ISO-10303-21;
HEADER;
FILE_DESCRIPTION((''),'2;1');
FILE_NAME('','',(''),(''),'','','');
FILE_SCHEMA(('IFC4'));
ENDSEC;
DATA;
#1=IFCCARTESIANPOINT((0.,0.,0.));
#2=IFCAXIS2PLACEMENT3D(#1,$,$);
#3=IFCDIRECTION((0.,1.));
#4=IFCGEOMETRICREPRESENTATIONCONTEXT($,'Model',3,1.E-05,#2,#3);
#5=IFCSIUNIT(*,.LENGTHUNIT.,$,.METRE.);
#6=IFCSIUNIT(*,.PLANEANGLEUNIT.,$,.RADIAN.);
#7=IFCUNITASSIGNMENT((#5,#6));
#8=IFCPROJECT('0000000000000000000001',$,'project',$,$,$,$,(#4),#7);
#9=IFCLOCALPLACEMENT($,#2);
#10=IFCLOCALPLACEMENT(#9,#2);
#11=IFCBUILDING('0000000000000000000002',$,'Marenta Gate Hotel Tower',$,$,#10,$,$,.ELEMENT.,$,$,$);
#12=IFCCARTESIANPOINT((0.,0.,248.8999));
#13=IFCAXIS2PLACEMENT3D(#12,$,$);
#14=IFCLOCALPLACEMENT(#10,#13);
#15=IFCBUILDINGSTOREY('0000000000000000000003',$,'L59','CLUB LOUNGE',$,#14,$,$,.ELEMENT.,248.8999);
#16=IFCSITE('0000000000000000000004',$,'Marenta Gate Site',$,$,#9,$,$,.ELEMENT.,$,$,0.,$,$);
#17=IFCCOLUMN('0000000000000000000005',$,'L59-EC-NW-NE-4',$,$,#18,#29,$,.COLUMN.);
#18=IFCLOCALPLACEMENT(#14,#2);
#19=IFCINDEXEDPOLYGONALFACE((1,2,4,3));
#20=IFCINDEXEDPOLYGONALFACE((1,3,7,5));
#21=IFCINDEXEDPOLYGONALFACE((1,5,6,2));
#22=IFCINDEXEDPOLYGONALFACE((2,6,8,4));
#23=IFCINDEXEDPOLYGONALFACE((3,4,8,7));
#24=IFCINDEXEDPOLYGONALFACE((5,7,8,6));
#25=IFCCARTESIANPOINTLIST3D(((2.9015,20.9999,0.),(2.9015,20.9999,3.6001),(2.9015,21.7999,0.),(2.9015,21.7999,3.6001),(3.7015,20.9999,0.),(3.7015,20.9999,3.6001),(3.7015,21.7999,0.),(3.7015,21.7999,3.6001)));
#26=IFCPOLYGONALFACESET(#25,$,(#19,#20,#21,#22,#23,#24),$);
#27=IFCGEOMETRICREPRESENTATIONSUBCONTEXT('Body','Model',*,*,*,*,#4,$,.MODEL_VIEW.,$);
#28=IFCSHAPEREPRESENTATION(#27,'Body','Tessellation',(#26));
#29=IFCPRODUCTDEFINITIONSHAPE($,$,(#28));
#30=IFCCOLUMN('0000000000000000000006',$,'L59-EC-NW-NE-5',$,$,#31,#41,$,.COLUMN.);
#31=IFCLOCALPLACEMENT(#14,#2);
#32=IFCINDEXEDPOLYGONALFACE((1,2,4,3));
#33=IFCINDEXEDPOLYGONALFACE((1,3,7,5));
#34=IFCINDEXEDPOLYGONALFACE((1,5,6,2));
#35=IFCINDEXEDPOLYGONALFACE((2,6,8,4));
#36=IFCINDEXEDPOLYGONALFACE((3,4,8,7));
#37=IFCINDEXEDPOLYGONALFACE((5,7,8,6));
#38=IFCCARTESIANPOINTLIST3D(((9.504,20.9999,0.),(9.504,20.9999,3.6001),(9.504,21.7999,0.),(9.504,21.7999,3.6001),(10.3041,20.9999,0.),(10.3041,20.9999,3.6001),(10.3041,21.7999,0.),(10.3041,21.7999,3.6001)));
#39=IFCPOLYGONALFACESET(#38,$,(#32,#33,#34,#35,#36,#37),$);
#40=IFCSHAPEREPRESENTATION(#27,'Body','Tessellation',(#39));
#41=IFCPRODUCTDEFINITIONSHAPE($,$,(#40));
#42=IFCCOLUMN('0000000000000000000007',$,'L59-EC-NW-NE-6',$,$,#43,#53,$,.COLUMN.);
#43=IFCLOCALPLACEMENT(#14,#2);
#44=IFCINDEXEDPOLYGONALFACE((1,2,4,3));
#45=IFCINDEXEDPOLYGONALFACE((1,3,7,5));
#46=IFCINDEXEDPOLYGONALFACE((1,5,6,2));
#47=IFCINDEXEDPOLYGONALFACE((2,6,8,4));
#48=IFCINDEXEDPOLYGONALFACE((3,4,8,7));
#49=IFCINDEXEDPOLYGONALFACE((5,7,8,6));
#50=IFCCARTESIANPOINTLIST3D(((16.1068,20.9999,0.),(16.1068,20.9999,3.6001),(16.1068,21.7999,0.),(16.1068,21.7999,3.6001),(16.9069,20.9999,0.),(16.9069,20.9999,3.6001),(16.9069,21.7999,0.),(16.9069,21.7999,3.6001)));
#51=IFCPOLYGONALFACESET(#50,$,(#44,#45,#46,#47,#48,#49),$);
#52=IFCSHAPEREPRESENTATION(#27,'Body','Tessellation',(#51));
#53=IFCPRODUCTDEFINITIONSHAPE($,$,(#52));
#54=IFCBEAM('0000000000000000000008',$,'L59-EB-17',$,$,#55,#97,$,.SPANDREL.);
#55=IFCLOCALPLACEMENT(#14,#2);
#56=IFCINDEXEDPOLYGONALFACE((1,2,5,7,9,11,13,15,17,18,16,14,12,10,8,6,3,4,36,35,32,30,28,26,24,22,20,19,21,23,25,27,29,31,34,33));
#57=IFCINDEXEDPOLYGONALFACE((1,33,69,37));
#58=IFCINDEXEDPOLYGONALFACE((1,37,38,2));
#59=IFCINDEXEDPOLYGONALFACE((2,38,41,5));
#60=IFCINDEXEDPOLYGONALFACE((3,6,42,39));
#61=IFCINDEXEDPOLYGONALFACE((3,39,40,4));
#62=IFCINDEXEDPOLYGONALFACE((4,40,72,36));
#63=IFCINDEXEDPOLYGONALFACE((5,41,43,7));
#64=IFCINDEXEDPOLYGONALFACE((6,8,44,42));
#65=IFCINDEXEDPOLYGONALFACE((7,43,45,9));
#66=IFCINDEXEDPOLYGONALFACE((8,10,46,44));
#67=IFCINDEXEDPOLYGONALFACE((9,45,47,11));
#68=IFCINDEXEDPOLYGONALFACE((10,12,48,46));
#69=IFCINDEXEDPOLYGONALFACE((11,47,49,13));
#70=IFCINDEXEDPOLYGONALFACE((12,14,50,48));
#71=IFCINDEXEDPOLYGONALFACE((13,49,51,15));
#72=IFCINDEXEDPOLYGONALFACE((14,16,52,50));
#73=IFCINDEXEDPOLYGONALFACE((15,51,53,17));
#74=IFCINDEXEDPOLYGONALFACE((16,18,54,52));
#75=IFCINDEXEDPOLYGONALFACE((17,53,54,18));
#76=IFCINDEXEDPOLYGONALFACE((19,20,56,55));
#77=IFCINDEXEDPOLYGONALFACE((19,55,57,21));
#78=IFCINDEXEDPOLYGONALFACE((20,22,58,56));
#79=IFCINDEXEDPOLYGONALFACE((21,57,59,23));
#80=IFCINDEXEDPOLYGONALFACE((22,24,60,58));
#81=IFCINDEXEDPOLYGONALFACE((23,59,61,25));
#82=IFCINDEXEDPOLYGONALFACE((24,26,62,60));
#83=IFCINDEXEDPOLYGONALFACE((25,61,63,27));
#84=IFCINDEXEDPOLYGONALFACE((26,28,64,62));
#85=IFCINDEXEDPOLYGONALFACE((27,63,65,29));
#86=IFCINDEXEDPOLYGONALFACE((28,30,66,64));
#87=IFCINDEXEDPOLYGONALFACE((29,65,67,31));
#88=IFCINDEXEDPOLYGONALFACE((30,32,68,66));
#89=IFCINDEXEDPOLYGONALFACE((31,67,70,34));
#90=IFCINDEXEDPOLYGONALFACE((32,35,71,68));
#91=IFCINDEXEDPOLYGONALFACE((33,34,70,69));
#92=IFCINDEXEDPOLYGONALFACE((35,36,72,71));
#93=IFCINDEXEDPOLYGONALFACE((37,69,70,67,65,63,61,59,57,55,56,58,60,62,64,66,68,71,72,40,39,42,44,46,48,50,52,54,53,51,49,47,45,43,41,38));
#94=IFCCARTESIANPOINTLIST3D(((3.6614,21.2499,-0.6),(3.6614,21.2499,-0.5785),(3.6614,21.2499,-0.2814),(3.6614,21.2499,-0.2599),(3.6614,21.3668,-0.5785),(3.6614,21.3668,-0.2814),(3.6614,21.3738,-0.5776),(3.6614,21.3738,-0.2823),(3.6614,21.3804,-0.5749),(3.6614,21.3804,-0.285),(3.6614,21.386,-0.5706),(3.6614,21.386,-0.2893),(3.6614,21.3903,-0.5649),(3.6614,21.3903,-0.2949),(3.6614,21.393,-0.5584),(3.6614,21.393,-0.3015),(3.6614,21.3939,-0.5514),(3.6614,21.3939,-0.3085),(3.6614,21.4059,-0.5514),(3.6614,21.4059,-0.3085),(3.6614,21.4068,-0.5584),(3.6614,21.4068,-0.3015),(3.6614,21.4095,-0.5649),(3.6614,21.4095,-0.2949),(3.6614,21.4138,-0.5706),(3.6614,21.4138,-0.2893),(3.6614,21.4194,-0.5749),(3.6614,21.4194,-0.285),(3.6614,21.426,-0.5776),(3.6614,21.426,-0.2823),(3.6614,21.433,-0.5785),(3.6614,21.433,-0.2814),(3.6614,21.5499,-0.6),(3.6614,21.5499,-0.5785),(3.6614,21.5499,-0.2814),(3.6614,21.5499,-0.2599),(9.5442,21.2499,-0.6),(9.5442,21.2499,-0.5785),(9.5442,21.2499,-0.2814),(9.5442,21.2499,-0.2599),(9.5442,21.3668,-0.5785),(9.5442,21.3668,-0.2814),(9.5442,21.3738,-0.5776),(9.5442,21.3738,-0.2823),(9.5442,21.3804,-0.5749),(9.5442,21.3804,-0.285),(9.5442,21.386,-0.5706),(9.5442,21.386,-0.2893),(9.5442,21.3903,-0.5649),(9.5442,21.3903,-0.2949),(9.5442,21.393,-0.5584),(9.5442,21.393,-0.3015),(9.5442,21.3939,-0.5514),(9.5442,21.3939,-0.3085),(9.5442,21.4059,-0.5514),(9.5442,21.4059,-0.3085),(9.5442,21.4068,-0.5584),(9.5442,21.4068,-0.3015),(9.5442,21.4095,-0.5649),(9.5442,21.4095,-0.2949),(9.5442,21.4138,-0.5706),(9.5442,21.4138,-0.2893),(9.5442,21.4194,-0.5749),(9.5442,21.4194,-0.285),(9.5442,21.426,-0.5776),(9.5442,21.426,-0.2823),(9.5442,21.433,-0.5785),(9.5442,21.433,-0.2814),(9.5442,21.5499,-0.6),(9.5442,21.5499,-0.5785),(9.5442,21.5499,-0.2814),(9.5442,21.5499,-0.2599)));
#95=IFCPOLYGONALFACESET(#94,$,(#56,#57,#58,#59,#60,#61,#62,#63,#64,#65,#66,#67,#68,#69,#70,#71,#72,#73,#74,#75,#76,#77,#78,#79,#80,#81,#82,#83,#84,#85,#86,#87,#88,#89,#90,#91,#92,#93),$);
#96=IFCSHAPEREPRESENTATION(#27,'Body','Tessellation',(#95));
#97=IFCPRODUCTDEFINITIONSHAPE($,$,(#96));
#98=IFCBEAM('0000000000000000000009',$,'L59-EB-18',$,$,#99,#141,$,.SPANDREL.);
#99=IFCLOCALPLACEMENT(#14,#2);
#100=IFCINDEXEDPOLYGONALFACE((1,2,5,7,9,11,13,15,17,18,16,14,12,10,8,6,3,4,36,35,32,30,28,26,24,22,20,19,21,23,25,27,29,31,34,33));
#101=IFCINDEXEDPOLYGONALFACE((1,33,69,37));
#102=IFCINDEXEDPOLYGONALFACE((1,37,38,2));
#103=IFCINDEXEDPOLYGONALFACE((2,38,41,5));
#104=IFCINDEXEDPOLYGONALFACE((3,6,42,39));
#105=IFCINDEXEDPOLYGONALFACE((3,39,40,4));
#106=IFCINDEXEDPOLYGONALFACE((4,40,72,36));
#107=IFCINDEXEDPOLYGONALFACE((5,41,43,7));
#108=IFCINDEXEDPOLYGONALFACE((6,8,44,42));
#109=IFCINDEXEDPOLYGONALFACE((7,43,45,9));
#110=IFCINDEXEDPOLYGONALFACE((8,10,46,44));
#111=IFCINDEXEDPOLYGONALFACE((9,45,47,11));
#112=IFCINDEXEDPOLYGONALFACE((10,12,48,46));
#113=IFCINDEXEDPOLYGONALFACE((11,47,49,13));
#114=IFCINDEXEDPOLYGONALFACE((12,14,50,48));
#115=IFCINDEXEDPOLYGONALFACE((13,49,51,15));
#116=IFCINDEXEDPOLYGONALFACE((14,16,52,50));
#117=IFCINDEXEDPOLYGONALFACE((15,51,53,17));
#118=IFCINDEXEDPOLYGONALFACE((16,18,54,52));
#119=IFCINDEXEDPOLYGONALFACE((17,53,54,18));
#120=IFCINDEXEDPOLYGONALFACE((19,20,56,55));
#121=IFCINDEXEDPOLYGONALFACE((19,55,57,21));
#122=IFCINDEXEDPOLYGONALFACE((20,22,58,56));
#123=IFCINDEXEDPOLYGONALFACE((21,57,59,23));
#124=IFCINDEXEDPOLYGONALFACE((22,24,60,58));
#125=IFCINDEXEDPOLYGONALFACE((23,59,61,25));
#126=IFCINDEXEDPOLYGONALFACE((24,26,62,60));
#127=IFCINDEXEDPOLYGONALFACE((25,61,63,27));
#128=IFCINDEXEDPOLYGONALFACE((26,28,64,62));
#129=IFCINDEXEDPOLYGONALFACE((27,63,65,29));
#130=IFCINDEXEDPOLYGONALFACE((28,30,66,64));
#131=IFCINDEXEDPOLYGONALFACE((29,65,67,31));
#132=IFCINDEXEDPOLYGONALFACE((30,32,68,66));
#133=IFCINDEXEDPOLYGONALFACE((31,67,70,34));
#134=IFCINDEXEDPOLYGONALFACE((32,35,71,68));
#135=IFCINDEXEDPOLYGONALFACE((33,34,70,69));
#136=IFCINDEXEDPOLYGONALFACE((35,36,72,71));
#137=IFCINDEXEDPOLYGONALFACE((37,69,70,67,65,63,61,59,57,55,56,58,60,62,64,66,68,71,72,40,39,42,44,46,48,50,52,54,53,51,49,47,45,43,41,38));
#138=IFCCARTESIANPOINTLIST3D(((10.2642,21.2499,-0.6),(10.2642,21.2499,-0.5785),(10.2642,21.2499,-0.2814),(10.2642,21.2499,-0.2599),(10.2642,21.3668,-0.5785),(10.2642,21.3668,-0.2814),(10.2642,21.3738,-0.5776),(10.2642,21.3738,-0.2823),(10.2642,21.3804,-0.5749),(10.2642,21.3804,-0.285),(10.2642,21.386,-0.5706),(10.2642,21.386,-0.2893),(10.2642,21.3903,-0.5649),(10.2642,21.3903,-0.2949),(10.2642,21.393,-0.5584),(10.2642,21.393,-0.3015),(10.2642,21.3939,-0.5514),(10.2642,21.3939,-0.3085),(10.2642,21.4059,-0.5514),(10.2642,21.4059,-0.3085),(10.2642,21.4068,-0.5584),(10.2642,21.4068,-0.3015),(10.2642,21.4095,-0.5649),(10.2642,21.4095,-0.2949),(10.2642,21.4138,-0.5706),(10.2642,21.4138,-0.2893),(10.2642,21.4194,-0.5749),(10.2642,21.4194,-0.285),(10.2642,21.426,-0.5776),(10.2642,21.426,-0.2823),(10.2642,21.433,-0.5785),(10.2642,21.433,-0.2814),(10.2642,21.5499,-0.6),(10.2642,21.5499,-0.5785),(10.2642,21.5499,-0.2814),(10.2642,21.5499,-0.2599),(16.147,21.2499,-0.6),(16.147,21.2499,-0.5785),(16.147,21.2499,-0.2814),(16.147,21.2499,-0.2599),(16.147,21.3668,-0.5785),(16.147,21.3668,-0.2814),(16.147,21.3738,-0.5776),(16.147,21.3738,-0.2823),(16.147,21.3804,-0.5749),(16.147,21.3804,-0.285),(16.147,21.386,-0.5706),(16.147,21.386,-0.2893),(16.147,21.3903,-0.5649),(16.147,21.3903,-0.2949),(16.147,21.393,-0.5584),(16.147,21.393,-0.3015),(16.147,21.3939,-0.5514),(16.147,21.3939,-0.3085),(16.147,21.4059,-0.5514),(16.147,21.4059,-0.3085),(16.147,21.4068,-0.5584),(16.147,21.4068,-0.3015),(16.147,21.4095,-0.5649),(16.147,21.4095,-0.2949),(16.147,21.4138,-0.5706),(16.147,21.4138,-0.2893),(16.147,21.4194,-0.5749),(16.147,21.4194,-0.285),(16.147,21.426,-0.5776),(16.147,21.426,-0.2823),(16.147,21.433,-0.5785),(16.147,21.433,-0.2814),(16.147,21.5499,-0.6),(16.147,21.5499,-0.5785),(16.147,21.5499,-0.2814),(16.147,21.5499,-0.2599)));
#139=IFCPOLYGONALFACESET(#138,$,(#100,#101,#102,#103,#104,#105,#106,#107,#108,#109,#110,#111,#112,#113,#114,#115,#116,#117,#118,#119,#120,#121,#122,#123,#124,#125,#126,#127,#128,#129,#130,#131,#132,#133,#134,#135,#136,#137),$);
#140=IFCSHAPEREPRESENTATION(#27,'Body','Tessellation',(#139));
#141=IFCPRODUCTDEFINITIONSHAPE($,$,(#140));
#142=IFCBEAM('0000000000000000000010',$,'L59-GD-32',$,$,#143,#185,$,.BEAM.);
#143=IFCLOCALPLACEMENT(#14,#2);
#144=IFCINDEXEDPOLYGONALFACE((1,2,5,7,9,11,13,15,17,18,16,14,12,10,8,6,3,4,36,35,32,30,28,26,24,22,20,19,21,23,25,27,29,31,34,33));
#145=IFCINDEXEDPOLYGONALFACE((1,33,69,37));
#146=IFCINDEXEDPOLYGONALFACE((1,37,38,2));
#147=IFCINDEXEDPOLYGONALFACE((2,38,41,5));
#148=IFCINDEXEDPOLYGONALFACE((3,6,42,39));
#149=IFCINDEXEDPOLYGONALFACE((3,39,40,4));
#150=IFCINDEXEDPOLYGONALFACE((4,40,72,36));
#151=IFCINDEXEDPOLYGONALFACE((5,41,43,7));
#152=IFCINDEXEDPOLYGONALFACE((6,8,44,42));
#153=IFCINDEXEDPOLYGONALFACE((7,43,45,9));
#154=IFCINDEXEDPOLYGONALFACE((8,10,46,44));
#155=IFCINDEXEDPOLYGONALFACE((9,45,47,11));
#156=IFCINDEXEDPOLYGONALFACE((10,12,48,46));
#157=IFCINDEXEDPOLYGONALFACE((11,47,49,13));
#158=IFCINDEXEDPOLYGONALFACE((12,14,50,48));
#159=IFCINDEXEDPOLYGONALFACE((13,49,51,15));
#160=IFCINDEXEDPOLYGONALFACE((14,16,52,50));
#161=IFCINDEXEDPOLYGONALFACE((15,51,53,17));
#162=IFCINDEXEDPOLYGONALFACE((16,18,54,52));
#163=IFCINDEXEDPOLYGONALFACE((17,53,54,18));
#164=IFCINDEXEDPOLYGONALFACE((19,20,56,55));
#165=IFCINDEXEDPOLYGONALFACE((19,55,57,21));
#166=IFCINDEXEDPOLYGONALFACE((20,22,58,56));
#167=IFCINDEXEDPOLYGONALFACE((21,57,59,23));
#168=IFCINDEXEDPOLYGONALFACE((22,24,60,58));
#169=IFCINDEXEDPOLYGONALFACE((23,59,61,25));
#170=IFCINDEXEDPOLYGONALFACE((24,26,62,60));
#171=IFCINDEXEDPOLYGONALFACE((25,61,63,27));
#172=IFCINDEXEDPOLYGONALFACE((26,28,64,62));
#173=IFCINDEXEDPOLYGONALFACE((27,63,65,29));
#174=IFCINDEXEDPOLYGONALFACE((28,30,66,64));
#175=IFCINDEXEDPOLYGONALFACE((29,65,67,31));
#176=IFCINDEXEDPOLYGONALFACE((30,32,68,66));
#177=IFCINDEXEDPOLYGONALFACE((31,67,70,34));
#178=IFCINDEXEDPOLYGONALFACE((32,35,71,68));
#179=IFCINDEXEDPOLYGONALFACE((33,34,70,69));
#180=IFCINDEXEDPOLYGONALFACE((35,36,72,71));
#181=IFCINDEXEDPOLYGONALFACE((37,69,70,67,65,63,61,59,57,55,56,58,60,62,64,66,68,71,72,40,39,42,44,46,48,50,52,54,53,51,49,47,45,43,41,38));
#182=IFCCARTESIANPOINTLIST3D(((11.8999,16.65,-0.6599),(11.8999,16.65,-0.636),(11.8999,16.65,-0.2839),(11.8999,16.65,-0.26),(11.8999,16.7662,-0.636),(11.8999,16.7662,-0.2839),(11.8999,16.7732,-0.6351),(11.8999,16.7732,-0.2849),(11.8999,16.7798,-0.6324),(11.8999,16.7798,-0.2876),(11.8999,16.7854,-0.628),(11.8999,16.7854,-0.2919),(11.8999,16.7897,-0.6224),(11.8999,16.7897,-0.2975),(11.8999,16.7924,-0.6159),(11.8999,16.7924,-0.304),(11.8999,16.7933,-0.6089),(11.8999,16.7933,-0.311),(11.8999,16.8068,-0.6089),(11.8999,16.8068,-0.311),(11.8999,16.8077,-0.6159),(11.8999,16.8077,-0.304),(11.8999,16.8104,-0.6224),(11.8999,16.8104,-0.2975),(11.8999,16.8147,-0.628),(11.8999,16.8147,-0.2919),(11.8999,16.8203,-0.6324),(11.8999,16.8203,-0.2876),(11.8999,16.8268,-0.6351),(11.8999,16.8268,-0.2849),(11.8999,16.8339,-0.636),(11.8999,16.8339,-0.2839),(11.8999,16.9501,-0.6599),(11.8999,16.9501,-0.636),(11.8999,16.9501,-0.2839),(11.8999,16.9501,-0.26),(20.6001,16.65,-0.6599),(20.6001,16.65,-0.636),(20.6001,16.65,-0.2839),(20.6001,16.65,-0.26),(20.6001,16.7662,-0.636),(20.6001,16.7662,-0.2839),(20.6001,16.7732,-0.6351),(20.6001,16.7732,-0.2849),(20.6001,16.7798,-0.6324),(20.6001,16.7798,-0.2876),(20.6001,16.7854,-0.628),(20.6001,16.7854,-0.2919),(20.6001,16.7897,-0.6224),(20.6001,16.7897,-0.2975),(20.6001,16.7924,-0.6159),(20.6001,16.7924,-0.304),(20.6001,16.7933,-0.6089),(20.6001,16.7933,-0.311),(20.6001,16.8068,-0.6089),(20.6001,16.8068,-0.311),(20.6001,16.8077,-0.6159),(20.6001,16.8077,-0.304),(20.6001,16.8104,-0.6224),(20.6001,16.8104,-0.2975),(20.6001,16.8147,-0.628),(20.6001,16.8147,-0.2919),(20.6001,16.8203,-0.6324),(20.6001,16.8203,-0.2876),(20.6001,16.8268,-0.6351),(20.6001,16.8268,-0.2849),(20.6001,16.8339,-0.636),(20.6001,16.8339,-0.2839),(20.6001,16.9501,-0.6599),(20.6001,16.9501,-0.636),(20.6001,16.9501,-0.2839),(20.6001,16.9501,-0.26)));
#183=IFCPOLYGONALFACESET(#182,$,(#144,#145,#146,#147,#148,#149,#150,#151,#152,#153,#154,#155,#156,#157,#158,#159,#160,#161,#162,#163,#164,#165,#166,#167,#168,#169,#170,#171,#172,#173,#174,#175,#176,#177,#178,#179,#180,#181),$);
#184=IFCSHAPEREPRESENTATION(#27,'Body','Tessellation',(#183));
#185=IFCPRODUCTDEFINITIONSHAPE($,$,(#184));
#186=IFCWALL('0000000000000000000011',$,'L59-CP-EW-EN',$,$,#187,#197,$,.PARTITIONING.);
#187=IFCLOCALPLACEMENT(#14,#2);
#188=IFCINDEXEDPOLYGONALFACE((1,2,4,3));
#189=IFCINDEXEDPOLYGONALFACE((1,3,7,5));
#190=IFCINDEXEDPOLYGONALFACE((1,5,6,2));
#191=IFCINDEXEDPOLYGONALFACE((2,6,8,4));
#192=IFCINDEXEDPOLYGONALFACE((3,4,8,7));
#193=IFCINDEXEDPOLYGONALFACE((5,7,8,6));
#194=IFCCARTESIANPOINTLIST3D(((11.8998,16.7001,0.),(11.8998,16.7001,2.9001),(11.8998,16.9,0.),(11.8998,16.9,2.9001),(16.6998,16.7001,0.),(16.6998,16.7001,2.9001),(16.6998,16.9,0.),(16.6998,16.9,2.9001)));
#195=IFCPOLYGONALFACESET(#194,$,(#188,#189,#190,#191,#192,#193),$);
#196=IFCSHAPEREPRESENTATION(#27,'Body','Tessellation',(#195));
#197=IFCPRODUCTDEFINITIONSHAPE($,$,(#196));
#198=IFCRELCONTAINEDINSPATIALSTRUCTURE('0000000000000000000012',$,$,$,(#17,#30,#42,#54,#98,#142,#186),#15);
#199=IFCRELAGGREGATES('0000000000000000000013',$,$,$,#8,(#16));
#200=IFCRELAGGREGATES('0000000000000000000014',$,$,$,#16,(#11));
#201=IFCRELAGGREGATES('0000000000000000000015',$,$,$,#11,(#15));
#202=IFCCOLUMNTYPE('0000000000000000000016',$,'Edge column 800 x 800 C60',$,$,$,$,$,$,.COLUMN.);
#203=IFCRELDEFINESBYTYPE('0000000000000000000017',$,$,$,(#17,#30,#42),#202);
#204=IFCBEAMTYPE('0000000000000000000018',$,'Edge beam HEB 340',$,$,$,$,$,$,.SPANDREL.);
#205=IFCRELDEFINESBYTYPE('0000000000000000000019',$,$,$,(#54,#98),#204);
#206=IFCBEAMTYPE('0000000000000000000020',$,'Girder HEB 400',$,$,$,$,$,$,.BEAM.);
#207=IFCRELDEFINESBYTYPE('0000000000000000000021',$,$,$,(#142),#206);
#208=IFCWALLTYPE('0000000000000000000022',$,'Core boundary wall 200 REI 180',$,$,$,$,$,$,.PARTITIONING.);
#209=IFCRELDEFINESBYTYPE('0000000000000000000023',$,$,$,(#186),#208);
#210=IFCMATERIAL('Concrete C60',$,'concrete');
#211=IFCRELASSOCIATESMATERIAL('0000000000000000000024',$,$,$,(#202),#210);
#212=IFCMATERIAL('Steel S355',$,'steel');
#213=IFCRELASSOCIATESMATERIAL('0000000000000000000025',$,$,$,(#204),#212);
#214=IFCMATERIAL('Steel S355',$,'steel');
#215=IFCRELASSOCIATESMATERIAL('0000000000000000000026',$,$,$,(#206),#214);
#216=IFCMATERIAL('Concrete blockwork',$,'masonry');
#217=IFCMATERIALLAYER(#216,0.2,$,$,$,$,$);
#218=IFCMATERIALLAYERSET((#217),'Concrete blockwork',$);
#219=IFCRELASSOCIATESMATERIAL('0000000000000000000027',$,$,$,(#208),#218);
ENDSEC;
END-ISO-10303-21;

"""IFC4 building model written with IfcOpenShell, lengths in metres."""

from ifc_helpers import new_model, si_unit, direction, frame, frame_2d, origin, origin_2d, place, context, subcontext, project, spatial, rectangle, i_section, extrude, material, layer, layer_set, material_profile, profile_set, type_object, element, save


model = new_model("IFC4")

# Units and contexts
model_context = context("Model", 3, precision=1e-05, world=origin(), true_north=direction((0.0, 1.0)))
body_context = subcontext(model_context, "Body", "Model", "MODEL_VIEW")
ifc_project = project(units=[si_unit("LENGTHUNIT", "METRE"), si_unit("PLANEANGLEUNIT", "RADIAN")], contexts=[model_context])

# Site, building, storey
site_placement = place(None, origin())
site = spatial("IfcSite", under=ifc_project, at=site_placement, Name="Marenta Gate Site", CompositionType="ELEMENT", RefElevation=0.0)
building_placement = place(site_placement, origin())
building = spatial("IfcBuilding", under=site, at=building_placement, Name="Marenta Gate Hotel Tower", CompositionType="ELEMENT")
storey_placement = place(building_placement, frame((0.0, 0.0, 248.8999)))
storey = spatial("IfcBuildingStorey", under=building, at=storey_placement, Name="L59", Description="CLUB LOUNGE", CompositionType="ELEMENT", Elevation=248.8999)

# Columns
ifc_material_1 = material(Name="Concrete C60", Category="concrete")
ifc_material_profile_1 = material_profile(ifc_material_1, rectangle(XDim=0.8, YDim=0.8, at=origin_2d()), Name="800 x 800")
ifc_profile_set_1 = profile_set([ifc_material_profile_1], Name="Concrete C60")
column_type = type_object("IfcColumnType", Name="Edge column 800 x 800 C60", PredefinedType="COLUMN", material=ifc_profile_set_1)
for number, where, z_axis, x_axis, name in (
    (1, (3.3015, 21.3999, 0.0), (0.0, 0.0, 1.0), (1.0, 0.0, 0.0), "L59-EC-NW-NE-4"),
    (2, (9.9041, 21.3999, 0.0), (0.0, 0.0, 1.0), (1.0, 0.0, 0.0), "L59-EC-NW-NE-5"),
    (3, (16.5068, 21.3999, 0.0), (0.0, 0.0, 1.0), (1.0, 0.0, 0.0), "L59-EC-NW-NE-6"),
):
    element("IfcColumn", number, at=place(storey_placement, frame(where, z_axis=z_axis, x_axis=x_axis)), inside=storey, type_object=column_type, Name=name, PredefinedType="COLUMN", context=body_context, shape_type="SweptSolid", body=[
        extrude(rectangle(XDim=0.8, YDim=0.8, at=origin_2d()), origin(), (0.0, 0.0, 1.0), 3.6001),
    ])

# Beams
ifc_material_2 = material(Name="Steel S355", Category="steel")
ifc_material_profile_2 = material_profile(ifc_material_2, i_section(OverallWidth=0.3, OverallDepth=0.3401, WebThickness=0.012, FlangeThickness=0.0215, FilletRadius=0.0271, at=origin_2d()), Name="HEB 340")
ifc_profile_set_2 = profile_set([ifc_material_profile_2], Name="Steel S355")
beam_type_1 = type_object("IfcBeamType", Name="Edge beam HEB 340", PredefinedType="SPANDREL", material=ifc_profile_set_2)
for number, where, z_axis, x_axis, name in (
    (4, (3.6614, 21.3999, -0.4299), (1.0, 0.0, 0.0), (0.0, 1.0, 0.0), "L59-EB-17"),
    (5, (10.2642, 21.3999, -0.4299), (1.0, 0.0, 0.0), (0.0, 1.0, 0.0), "L59-EB-18"),
):
    element("IfcBeam", number, at=place(storey_placement, frame(where, z_axis=z_axis, x_axis=x_axis)), inside=storey, type_object=beam_type_1, Name=name, PredefinedType="SPANDREL", context=body_context, shape_type="SweptSolid", body=[
        extrude(i_section(OverallWidth=0.3, OverallDepth=0.3401, WebThickness=0.012, FlangeThickness=0.0215, FilletRadius=0.0271, at=origin_2d()), origin(), (0.0, 0.0, 1.0), 5.8828),
    ])
ifc_material_3 = material(Name="Steel S355", Category="steel")
ifc_material_profile_3 = material_profile(ifc_material_3, i_section(OverallWidth=0.3, OverallDepth=0.3999, WebThickness=0.0134, FlangeThickness=0.0239, FilletRadius=0.0271, at=origin_2d()), Name="HEB 400")
ifc_profile_set_3 = profile_set([ifc_material_profile_3], Name="Steel S355")
beam_type_2 = type_object("IfcBeamType", Name="Girder HEB 400", PredefinedType="BEAM", material=ifc_profile_set_3)
beam_placement = place(storey_placement, frame((11.8999, 16.8, -0.46), z_axis=(1.0, 0.0, 0.0), x_axis=(0.0, 1.0, 0.0)))
element("IfcBeam", 6, at=beam_placement, inside=storey, type_object=beam_type_2, Name="L59-GD-32", PredefinedType="BEAM", context=body_context, shape_type="SweptSolid", body=[
    extrude(i_section(OverallWidth=0.3, OverallDepth=0.3999, WebThickness=0.0134, FlangeThickness=0.0239, FilletRadius=0.0271, at=origin_2d()), origin(), (0.0, 0.0, 1.0), 8.7002),
])

# Wall
ifc_material_4 = material(Name="Concrete blockwork", Category="masonry")
ifc_layer_1 = layer(ifc_material_4, 0.2)
ifc_layer_set_1 = layer_set([ifc_layer_1], Name="Concrete blockwork")
wall_type_1 = type_object("IfcWallType", Name="Core boundary wall 200 REI 180", PredefinedType="PARTITIONING", material=ifc_layer_set_1)
wall_1_placement = place(storey_placement, frame((11.8999, 16.8, 0.0), z_axis=(0.0, 0.0, 1.0), x_axis=(1.0, 0.0, 0.0)))
element("IfcWall", 7, at=wall_1_placement, inside=storey, type_object=wall_type_1, Name="L59-CP-EW-EN", PredefinedType="PARTITIONING", context=body_context, shape_type="SweptSolid", body=[
    extrude(rectangle(XDim=4.8, YDim=0.2, at=frame_2d((2.3999, 0.0))), origin(), (0.0, 0.0, 1.0), 2.9001),
])

save(model, "model.ifc")
